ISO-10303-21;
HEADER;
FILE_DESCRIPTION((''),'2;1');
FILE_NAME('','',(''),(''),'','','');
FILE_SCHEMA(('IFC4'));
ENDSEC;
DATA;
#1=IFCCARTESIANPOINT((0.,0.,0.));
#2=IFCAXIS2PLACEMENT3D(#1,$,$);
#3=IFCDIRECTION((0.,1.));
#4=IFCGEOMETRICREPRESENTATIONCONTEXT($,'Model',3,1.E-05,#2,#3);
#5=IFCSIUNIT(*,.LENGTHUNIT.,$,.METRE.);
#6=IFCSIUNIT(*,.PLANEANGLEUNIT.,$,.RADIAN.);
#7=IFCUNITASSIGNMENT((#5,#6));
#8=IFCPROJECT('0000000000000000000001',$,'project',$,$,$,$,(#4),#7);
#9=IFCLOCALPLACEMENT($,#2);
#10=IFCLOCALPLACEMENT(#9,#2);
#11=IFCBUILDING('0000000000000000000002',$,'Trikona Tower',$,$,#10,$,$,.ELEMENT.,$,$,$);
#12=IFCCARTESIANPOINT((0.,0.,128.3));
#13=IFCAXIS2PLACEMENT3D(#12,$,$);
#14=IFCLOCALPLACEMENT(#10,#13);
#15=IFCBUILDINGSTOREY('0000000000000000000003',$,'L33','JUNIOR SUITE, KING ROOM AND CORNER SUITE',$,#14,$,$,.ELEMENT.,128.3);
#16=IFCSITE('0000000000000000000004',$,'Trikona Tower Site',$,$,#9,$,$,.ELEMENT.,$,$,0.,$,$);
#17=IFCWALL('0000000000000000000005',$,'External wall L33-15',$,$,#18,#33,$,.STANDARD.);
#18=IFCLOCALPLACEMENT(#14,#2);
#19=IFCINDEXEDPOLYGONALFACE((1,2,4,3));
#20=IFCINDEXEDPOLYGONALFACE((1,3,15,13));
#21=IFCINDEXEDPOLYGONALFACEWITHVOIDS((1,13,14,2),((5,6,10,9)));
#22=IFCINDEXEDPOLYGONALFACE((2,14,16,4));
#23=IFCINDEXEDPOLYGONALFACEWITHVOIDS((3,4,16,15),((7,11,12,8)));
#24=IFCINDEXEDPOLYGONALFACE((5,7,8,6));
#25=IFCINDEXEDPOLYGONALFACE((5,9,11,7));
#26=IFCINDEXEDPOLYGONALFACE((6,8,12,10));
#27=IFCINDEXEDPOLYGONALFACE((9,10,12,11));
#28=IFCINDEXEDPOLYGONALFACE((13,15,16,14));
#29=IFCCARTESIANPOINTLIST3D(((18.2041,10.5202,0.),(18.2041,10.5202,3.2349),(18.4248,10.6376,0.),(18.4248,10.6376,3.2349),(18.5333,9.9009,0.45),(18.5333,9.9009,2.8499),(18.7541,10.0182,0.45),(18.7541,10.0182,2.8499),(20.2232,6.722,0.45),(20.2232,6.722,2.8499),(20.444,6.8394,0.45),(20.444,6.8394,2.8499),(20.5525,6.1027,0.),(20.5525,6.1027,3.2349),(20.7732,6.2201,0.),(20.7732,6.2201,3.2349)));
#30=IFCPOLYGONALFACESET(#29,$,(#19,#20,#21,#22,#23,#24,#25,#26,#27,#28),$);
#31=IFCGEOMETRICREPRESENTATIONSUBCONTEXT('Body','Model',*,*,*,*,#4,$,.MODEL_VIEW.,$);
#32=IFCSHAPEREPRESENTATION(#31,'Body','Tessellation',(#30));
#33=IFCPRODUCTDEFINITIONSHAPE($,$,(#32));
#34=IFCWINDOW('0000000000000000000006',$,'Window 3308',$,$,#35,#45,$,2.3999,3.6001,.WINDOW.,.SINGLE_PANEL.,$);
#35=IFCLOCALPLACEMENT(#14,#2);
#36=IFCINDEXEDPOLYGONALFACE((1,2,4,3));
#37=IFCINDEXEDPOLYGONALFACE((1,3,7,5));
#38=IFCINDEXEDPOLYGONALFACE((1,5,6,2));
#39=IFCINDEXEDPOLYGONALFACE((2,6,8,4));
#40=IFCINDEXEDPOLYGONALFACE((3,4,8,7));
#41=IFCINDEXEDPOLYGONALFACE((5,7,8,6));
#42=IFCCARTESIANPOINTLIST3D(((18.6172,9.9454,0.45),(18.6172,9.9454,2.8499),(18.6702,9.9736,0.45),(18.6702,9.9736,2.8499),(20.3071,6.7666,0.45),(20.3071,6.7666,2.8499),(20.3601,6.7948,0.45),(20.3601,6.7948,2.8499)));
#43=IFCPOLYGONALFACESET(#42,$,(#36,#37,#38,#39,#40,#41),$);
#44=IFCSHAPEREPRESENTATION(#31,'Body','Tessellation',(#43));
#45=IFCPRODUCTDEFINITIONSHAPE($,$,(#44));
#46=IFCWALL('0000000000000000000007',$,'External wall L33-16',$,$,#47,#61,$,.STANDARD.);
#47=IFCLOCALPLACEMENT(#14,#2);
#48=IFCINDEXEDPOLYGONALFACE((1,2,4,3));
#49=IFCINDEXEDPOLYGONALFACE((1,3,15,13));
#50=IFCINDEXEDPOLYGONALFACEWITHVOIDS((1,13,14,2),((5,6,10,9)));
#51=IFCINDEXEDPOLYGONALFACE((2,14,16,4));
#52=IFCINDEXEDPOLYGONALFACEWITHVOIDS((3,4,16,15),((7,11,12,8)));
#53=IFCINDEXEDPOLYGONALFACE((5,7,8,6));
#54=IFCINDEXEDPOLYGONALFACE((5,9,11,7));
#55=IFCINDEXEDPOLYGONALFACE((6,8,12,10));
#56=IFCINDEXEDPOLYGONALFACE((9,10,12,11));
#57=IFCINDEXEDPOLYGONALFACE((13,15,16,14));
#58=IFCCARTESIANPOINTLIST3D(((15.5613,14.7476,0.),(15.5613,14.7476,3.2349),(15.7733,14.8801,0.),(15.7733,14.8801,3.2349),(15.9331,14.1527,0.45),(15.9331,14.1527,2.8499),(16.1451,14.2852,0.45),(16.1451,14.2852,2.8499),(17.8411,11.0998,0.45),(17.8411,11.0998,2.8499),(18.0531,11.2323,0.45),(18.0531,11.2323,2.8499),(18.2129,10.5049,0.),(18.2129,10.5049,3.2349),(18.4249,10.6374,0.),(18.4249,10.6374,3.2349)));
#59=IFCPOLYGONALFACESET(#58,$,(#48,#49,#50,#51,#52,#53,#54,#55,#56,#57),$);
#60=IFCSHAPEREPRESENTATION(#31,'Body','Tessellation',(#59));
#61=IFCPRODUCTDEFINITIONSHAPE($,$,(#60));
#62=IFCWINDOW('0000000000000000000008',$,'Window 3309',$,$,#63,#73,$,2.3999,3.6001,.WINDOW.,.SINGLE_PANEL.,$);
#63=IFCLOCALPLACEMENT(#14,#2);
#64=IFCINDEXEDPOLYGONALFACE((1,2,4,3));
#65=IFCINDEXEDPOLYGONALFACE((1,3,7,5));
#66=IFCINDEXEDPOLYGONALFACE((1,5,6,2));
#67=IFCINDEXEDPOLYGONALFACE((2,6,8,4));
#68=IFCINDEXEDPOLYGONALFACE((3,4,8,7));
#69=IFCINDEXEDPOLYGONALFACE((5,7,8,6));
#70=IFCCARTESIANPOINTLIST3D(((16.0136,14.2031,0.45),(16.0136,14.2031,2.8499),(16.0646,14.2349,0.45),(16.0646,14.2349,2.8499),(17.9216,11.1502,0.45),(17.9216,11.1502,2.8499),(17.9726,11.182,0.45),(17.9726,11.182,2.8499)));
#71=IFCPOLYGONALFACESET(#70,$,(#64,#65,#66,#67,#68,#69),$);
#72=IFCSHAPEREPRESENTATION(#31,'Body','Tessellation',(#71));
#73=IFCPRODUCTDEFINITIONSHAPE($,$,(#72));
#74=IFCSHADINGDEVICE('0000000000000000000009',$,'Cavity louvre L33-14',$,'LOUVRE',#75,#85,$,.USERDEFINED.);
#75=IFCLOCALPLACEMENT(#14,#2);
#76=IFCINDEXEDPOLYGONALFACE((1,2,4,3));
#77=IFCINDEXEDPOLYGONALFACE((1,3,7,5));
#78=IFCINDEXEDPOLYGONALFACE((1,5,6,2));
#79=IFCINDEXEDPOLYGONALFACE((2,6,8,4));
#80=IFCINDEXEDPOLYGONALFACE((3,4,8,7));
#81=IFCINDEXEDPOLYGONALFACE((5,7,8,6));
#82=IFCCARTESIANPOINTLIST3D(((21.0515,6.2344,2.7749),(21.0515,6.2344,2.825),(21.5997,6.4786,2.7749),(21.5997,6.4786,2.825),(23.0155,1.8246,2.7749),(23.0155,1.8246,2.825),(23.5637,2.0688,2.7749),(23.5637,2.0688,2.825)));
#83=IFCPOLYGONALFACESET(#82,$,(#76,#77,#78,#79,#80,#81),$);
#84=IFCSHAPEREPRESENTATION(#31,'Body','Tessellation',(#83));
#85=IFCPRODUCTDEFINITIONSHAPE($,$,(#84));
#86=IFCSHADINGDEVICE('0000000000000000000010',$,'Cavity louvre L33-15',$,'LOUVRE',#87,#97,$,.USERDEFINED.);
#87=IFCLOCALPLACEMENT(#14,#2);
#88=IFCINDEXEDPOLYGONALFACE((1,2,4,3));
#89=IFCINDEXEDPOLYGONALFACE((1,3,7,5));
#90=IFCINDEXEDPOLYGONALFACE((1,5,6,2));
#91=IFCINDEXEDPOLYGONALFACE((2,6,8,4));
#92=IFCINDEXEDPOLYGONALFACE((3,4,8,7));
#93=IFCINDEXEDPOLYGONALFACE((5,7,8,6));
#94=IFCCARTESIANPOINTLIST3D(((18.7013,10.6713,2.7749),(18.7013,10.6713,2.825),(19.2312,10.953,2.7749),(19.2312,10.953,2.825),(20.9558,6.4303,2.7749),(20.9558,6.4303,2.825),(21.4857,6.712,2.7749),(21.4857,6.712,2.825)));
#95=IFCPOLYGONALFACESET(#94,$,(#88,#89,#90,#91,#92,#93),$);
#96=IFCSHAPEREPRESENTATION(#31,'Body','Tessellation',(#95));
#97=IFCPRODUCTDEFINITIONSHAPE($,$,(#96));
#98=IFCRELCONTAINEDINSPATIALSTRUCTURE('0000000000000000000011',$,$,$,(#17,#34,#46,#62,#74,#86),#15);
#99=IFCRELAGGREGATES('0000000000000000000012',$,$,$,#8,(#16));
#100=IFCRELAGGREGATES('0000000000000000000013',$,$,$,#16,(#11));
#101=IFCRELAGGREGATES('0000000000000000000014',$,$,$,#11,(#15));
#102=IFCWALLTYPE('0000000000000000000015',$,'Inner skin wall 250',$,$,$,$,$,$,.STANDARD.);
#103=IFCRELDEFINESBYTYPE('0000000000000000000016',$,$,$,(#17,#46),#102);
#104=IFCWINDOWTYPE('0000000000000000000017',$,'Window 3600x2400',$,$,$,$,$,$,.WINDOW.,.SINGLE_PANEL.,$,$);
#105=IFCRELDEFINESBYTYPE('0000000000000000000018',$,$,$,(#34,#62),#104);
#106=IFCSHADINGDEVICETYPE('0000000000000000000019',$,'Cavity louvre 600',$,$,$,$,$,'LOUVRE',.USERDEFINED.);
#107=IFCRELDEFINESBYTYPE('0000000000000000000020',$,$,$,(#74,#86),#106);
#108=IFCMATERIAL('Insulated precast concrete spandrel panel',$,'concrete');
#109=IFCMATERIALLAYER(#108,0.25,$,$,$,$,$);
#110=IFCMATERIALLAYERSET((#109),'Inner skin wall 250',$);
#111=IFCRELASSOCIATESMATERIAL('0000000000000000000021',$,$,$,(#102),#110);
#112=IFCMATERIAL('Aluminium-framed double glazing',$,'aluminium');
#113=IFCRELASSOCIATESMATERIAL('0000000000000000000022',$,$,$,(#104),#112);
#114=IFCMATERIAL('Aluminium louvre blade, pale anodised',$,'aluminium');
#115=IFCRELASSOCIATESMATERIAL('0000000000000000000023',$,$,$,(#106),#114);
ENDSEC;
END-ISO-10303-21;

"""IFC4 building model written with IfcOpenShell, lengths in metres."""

from ifc_helpers import new_model, si_unit, direction, frame, frame_2d, origin, origin_2d, place, context, subcontext, project, spatial, rectangle, extrude, material, layer, layer_set, type_object, element, fill, save


model = new_model("IFC4")

# Units and contexts
model_context = context("Model", 3, precision=1e-05, world=origin(), true_north=direction((0.0, 1.0)))
body_context = subcontext(model_context, "Body", "Model", "MODEL_VIEW")
ifc_project = project(units=[si_unit("LENGTHUNIT", "METRE"), si_unit("PLANEANGLEUNIT", "RADIAN")], contexts=[model_context])

# Site, building, storey
site_placement = place(None, origin())
site = spatial("IfcSite", under=ifc_project, at=site_placement, Name="Trikona Tower Site", CompositionType="ELEMENT", RefElevation=0.0)
building_placement = place(site_placement, origin())
building = spatial("IfcBuilding", under=site, at=building_placement, Name="Trikona Tower", CompositionType="ELEMENT")
storey_placement = place(building_placement, frame((0.0, 0.0, 128.3)))
storey = spatial("IfcBuildingStorey", under=building, at=storey_placement, Name="L33", Description="JUNIOR SUITE, KING ROOM AND CORNER SUITE", CompositionType="ELEMENT", Elevation=128.3)

# Walls, openings, windows
ifc_material_1 = material(Name="Insulated precast concrete spandrel panel", Category="concrete")
ifc_layer_1 = layer(ifc_material_1, 0.25)
ifc_layer_set_1 = layer_set([ifc_layer_1], Name="Inner skin wall 250")
wall_type_1 = type_object("IfcWallType", Name="Inner skin wall 250", PredefinedType="STANDARD", material=ifc_layer_set_1)
ifc_material_2 = material(Name="Aluminium-framed double glazing", Category="aluminium")
window_type = type_object("IfcWindowType", Name="Window 3600x2400", PartitioningType="SINGLE_PANEL", PredefinedType="WINDOW", material=ifc_material_2)
wall_1_placement = place(storey_placement, frame((20.6628, 6.1614, 0.0), z_axis=(0.0, 0.0, 1.0), x_axis=(-0.469405, 0.882983, 0.0)))
wall_1 = element("IfcWall", 1, at=wall_1_placement, inside=storey, type_object=wall_type_1, Name="External wall L33-15", PredefinedType="STANDARD", context=body_context, shape_type="SweptSolid", body=[
    extrude(rectangle(XDim=5.0029, YDim=0.25, at=frame_2d((2.5015, 0.0))), origin(), (0.0, 0.0, 1.0), 3.2349),
])
opening_1_placement = place(wall_1_placement, frame((0.7014, 0.0, 0.45)))
opening_1 = element("IfcOpeningElement", 2, at=opening_1_placement, cuts=wall_1, PredefinedType="OPENING", context=body_context, shape_type="SweptSolid", body=[
    extrude(rectangle(XDim=3.6001, YDim=2.3999, at=frame_2d((1.8, 1.2))), frame((0.0, 0.135, 0.0), z_axis=(0.0, -1.0, 0.0), x_axis=(1.0, 0.0, 0.0)), (0.0, 0.0, 1.0), 0.27),
])
window_1_placement = place(opening_1_placement, origin())
window_1 = element("IfcWindow", 3, at=window_1_placement, inside=storey, type_object=window_type, Name="Window 3308", OverallHeight=2.3999, OverallWidth=3.6001, PartitioningType="SINGLE_PANEL", PredefinedType="WINDOW", context=body_context, shape_type="SweptSolid", body=[
    extrude(rectangle(XDim=3.6001, YDim=2.3999, at=frame_2d((1.8, 1.2))), frame((0.0, 0.03, 0.0), z_axis=(0.0, -1.0, 0.0), x_axis=(1.0, 0.0, 0.0)), (0.0, 0.0, 1.0), 0.0601),
])
fill(opening_1, window_1)
wall_2_placement = place(storey_placement, frame((18.3188, 10.5713, 0.0), z_axis=(0.0, 0.0, 1.0), x_axis=(-0.52999, 0.848004, 0.0)))
wall_2 = element("IfcWall", 4, at=wall_2_placement, inside=storey, type_object=wall_type_1, Name="External wall L33-16", PredefinedType="STANDARD", context=body_context, shape_type="SweptSolid", body=[
    extrude(rectangle(XDim=5.0032, YDim=0.25, at=frame_2d((2.5015, 0.0))), origin(), (0.0, 0.0, 1.0), 3.2349),
])
opening_2_placement = place(wall_2_placement, frame((0.7014, 0.0, 0.45)))
opening_2 = element("IfcOpeningElement", 5, at=opening_2_placement, cuts=wall_2, PredefinedType="OPENING", context=body_context, shape_type="SweptSolid", body=[
    extrude(rectangle(XDim=3.6001, YDim=2.3999, at=frame_2d((1.8, 1.2))), frame((0.0, 0.135, 0.0), z_axis=(0.0, -1.0, 0.0), x_axis=(1.0, 0.0, 0.0)), (0.0, 0.0, 1.0), 0.27),
])
window_2_placement = place(opening_2_placement, origin())
window_2 = element("IfcWindow", 6, at=window_2_placement, inside=storey, type_object=window_type, Name="Window 3309", OverallHeight=2.3999, OverallWidth=3.6001, PartitioningType="SINGLE_PANEL", PredefinedType="WINDOW", context=body_context, shape_type="SweptSolid", body=[
    extrude(rectangle(XDim=3.6001, YDim=2.3999, at=frame_2d((1.8, 1.2))), frame((0.0, 0.03, 0.0), z_axis=(0.0, -1.0, 0.0), x_axis=(1.0, 0.0, 0.0)), (0.0, 0.0, 1.0), 0.0601),
])
fill(opening_2, window_2)

# Shading devices
ifc_material_3 = material(Name="Aluminium louvre blade, pale anodised", Category="aluminium")
shading_device_type = type_object("IfcShadingDeviceType", Name="Cavity louvre 600", ElementType="LOUVRE", PredefinedType="USERDEFINED", material=ifc_material_3)
shading_device_1_placement = place(storey_placement, frame((22.3076, 4.1516, 2.7749), z_axis=(0.0, 0.0, 1.0), x_axis=(-0.406843, 0.913498, 0.0)))
element("IfcShadingDevice", 7, at=shading_device_1_placement, inside=storey, type_object=shading_device_type, Name="Cavity louvre L33-14", ObjectType="LOUVRE", PredefinedType="USERDEFINED", context=body_context, shape_type="SweptSolid", body=[
    extrude(rectangle(XDim=4.8274, YDim=0.6001, at=origin_2d()), origin(), (0.0, 0.0, 1.0), 0.05),
])
shading_device_2_placement = place(storey_placement, frame((20.0935, 8.6917, 2.7749), z_axis=(0.0, 0.0, 1.0), x_axis=(-0.469398, 0.882987, 0.0)))
element("IfcShadingDevice", 8, at=shading_device_2_placement, inside=storey, type_object=shading_device_type, Name="Cavity louvre L33-15", ObjectType="LOUVRE", PredefinedType="USERDEFINED", context=body_context, shape_type="SweptSolid", body=[
    extrude(rectangle(XDim=4.803, YDim=0.6001, at=origin_2d()), origin(), (0.0, 0.0, 1.0), 0.05),
])

save(model, "model.ifc")
